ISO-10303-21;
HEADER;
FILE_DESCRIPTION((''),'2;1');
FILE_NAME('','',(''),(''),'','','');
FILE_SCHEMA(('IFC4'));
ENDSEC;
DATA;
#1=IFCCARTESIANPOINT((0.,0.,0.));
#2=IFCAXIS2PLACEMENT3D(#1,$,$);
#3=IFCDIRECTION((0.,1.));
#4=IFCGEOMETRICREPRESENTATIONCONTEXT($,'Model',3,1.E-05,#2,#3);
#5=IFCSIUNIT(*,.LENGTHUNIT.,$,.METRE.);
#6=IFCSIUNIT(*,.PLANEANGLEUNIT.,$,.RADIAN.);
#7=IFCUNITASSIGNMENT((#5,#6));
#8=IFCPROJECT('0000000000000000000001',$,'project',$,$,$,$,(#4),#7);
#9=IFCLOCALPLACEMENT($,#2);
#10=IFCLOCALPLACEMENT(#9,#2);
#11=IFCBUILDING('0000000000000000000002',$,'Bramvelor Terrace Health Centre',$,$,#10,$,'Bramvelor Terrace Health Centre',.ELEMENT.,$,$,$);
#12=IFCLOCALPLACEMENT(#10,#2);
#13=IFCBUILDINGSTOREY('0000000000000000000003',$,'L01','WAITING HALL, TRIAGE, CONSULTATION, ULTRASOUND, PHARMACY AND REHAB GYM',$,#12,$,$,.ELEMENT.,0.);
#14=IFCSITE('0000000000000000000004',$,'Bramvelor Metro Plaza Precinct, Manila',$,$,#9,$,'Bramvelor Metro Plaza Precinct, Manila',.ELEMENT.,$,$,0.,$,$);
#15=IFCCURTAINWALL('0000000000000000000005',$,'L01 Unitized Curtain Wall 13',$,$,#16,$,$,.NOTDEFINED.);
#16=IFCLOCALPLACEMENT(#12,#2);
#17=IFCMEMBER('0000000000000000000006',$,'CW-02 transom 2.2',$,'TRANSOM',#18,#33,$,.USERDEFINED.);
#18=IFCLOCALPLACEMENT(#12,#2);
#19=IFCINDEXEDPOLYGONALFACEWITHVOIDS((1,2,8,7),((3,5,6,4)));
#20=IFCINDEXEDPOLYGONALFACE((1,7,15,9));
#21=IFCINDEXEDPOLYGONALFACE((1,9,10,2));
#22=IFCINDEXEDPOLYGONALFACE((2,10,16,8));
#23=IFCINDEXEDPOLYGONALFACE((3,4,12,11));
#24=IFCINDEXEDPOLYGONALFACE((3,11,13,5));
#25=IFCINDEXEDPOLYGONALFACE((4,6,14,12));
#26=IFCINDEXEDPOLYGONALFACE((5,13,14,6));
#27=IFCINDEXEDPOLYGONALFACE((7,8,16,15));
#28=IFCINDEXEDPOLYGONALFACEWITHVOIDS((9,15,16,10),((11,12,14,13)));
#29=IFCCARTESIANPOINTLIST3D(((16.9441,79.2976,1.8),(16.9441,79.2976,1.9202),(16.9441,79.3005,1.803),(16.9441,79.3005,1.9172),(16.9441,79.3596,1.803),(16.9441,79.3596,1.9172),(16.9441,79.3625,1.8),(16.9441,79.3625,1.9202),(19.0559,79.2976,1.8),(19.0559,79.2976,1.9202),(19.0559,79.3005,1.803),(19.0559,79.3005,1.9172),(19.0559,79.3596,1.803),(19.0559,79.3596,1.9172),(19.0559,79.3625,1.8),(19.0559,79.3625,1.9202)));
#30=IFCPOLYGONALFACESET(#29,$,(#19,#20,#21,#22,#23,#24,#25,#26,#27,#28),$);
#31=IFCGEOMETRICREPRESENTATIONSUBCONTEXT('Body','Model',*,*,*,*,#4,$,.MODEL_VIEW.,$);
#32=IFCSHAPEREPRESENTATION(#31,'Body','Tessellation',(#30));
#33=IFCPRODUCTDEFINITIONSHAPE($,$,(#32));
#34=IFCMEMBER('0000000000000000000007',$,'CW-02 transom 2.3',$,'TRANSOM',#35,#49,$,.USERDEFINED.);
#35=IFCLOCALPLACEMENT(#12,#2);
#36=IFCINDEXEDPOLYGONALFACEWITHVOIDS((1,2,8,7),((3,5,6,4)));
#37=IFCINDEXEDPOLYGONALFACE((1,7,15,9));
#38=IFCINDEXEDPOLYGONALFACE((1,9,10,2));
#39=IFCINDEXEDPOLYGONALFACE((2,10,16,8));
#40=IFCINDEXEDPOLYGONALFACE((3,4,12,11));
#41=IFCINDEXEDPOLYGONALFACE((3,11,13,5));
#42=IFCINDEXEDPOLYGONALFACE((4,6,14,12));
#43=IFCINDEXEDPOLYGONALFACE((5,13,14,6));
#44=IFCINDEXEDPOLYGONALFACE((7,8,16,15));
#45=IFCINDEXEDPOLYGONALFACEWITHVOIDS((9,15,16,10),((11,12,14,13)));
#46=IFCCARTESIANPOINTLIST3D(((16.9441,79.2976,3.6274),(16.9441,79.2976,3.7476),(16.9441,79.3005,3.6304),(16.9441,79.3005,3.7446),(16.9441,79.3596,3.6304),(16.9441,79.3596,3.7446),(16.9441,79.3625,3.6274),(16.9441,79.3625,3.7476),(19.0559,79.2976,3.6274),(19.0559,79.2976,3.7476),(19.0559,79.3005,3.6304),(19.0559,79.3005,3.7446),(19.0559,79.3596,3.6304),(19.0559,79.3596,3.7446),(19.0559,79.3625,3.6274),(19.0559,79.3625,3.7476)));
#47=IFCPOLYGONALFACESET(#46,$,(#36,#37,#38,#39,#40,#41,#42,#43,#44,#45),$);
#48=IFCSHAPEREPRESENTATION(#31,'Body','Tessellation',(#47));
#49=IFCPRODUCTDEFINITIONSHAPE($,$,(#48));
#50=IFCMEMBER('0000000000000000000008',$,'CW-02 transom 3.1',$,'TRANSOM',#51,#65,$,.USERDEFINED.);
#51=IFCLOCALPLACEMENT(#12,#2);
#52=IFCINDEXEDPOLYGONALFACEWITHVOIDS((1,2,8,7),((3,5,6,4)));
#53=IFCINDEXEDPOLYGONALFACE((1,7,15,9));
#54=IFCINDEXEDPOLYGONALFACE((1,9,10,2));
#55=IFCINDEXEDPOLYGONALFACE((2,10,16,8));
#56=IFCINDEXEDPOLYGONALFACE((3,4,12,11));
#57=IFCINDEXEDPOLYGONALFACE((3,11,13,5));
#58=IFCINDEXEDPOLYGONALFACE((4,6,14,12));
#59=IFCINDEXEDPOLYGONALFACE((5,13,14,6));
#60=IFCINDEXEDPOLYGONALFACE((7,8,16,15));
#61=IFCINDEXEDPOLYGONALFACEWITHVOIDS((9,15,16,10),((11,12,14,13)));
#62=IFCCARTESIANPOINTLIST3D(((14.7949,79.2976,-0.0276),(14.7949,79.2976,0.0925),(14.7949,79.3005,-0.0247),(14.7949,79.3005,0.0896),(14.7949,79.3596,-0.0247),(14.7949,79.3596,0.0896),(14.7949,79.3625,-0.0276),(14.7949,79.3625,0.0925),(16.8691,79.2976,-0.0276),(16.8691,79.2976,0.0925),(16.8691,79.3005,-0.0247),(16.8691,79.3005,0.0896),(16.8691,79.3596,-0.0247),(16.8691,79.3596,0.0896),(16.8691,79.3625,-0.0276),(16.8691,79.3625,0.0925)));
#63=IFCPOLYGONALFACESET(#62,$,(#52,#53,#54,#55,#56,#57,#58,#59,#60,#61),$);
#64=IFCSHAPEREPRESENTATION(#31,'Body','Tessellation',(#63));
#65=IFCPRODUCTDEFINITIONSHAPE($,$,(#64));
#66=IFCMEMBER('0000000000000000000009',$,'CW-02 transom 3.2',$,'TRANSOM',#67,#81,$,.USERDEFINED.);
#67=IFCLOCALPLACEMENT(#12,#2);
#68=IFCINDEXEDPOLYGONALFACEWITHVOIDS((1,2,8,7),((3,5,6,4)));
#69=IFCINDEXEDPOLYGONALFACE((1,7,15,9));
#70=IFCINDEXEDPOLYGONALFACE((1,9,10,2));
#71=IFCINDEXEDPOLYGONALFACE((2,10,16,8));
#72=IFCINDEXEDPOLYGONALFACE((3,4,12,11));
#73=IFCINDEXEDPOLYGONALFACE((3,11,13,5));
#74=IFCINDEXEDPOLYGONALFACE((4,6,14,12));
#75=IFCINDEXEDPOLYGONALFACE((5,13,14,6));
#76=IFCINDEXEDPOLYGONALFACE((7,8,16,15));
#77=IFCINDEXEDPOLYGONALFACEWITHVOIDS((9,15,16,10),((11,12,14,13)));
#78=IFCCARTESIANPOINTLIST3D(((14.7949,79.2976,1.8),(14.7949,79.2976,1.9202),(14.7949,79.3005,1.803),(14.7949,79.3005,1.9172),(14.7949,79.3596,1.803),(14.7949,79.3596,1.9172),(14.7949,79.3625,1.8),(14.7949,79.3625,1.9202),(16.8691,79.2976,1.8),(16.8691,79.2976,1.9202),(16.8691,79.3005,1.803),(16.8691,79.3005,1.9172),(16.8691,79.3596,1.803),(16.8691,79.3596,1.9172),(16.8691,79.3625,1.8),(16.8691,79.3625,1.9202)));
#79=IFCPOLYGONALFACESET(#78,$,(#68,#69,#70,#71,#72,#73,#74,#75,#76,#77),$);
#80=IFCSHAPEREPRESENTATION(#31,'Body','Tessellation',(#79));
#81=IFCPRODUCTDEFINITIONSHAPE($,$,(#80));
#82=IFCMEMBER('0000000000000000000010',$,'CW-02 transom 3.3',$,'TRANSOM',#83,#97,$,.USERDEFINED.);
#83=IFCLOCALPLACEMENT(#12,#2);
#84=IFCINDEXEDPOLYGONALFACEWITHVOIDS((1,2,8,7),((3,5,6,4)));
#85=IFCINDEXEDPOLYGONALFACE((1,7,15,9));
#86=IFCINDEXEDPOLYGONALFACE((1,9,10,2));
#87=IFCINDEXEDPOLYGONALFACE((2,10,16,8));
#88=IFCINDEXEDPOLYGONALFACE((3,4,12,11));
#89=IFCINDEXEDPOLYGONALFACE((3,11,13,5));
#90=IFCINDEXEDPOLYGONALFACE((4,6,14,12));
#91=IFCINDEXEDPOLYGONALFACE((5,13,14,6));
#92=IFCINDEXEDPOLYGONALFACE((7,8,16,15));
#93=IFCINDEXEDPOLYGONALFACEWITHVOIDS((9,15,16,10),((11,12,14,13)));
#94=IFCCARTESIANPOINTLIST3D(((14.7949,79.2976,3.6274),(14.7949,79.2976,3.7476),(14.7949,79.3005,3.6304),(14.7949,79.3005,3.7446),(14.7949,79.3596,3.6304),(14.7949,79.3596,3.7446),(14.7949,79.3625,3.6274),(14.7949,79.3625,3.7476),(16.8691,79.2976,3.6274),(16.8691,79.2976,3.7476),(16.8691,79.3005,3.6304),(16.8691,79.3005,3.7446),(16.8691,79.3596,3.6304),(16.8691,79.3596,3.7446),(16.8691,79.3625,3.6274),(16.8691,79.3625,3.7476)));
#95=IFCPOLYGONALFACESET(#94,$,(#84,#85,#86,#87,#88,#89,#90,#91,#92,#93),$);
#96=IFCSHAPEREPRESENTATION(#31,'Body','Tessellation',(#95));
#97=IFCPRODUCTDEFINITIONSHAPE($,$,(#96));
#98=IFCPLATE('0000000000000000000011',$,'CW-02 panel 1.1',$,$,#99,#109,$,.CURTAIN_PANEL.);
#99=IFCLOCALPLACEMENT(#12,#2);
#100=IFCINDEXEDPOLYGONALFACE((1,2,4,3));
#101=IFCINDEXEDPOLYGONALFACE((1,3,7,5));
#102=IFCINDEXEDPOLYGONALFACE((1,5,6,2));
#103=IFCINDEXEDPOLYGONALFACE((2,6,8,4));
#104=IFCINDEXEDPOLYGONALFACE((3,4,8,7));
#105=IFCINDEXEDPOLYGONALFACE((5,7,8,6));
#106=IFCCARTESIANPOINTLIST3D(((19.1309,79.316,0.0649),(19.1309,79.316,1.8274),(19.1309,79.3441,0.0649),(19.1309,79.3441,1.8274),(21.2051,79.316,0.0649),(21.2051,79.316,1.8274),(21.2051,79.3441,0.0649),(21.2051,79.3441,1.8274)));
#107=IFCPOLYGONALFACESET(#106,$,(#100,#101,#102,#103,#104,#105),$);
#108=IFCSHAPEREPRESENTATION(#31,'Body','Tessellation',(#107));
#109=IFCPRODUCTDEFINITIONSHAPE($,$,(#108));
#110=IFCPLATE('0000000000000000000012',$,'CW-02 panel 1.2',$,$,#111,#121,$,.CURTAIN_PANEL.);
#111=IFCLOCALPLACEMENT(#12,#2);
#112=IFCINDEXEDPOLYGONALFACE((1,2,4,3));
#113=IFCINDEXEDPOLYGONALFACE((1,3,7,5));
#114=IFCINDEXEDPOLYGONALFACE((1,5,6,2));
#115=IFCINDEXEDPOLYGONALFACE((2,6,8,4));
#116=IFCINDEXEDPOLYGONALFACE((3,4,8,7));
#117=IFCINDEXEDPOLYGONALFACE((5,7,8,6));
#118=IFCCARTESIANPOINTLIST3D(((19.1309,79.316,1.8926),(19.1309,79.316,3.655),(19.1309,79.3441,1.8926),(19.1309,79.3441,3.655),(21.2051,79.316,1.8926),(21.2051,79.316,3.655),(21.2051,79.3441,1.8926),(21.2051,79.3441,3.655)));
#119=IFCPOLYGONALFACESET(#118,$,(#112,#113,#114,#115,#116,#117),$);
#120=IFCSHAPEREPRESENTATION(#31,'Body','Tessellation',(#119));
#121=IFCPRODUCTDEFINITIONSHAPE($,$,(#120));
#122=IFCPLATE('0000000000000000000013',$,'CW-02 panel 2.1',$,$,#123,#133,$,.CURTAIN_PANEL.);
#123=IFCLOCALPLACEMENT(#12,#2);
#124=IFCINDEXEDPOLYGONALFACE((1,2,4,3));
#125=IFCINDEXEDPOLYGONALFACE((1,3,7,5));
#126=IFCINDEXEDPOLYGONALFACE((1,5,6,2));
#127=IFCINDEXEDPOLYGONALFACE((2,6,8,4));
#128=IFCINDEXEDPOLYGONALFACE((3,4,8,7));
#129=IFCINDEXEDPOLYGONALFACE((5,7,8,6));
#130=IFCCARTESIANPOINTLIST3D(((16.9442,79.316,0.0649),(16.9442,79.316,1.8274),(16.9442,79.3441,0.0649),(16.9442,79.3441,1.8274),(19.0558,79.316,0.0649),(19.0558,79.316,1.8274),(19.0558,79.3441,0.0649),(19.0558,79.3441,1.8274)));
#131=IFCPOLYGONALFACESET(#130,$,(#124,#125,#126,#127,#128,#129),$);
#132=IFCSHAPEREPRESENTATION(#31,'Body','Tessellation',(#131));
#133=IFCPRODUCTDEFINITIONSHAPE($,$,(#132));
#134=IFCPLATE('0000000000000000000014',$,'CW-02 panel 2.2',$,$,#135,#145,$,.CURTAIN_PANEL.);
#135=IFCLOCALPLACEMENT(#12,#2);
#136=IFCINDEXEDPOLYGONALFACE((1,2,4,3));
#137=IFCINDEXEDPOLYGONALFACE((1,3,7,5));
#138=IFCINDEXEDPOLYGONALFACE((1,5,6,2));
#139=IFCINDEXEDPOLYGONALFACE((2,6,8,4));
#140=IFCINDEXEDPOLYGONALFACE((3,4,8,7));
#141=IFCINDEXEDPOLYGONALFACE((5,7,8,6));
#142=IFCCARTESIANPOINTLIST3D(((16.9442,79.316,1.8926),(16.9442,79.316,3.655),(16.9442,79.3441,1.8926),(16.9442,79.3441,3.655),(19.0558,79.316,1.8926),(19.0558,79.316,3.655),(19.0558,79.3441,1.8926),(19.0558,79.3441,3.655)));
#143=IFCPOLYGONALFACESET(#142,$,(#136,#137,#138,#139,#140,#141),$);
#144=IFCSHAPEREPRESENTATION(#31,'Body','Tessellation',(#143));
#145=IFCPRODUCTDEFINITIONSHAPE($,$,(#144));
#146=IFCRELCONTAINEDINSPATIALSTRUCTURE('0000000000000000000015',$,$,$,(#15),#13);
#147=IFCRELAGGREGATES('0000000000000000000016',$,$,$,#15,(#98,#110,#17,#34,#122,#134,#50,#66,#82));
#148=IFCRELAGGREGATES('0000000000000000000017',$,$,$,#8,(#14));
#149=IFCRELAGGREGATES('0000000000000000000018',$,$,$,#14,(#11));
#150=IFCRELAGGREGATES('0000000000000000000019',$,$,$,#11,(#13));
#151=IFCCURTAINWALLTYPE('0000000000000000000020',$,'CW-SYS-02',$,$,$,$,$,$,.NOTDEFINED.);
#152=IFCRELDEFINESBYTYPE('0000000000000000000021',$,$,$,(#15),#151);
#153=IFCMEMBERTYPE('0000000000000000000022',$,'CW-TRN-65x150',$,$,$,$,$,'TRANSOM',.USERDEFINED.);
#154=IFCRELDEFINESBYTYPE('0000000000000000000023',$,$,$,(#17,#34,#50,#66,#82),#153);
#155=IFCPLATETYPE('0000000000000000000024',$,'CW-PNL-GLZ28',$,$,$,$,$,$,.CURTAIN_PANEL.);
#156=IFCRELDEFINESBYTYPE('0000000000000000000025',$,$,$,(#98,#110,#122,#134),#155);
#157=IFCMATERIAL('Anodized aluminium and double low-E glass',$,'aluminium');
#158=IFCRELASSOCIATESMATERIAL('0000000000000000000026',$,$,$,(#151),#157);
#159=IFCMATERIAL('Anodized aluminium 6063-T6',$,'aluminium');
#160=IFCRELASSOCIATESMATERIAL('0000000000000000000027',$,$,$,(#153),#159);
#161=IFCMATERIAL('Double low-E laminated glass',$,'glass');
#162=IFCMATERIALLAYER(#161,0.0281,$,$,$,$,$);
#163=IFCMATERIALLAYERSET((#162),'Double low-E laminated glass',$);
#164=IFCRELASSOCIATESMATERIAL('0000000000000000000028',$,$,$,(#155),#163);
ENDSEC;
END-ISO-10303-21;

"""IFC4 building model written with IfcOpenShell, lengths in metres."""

from ifc_helpers import new_model, si_unit, direction, frame, origin, origin_2d, place, context, subcontext, project, spatial, rectangle, hollow_rectangle, extrude, material, layer, layer_set, material_profile, profile_set, type_object, element, aggregate, save


model = new_model("IFC4")

# Units and contexts
model_context = context("Model", 3, precision=1e-05, world=origin(), true_north=direction((0.0, 1.0)))
body_context = subcontext(model_context, "Body", "Model", "MODEL_VIEW")
ifc_project = project(units=[si_unit("LENGTHUNIT", "METRE"), si_unit("PLANEANGLEUNIT", "RADIAN")], contexts=[model_context])

# Site, building, storey
site_placement = place(None, origin())
site = spatial("IfcSite", under=ifc_project, at=site_placement, Name="Bramvelor Metro Plaza Precinct, Manila", LongName="Bramvelor Metro Plaza Precinct, Manila", CompositionType="ELEMENT", RefElevation=0.0)
building_placement = place(site_placement, origin())
building = spatial("IfcBuilding", under=site, at=building_placement, Name="Bramvelor Terrace Health Centre", LongName="Bramvelor Terrace Health Centre", CompositionType="ELEMENT")
storey_placement = place(building_placement, origin())
storey = spatial("IfcBuildingStorey", under=building, at=storey_placement, Name="L01", Description="WAITING HALL, TRIAGE, CONSULTATION, ULTRASOUND, PHARMACY AND REHAB GYM", CompositionType="ELEMENT", Elevation=0.0)

# Curtain wall, members, plates
ifc_material_1 = material(Name="Anodized aluminium and double low-E glass", Category="aluminium")
curtain_wall_type = type_object("IfcCurtainWallType", Name="CW-SYS-02", PredefinedType="NOTDEFINED", material=ifc_material_1)
curtain_wall_placement = place(storey_placement, origin())
curtain_wall = element("IfcCurtainWall", 1, at=curtain_wall_placement, inside=storey, type_object=curtain_wall_type, Name="L01 Unitized Curtain Wall 13", PredefinedType="NOTDEFINED")
ifc_material_2 = material(Name="Anodized aluminium 6063-T6", Category="aluminium")
ifc_material_profile_1 = material_profile(ifc_material_2, hollow_rectangle(XDim=0.0649, YDim=0.1201, WallThickness=0.0029, at=origin_2d()), Name="ALU-TRN 65x120x3.0")
ifc_profile_set_1 = profile_set([ifc_material_profile_1], Name="Anodized aluminium 6063-T6")
member_type_1 = type_object("IfcMemberType", Name="CW-TRN-65x150", ElementType="TRANSOM", PredefinedType="USERDEFINED", material=ifc_profile_set_1)
member_1_placement = place(storey_placement, frame((19.0559, 79.3301, 1.8601), z_axis=(-1.0, 0.0, 0.0), x_axis=(0.0, -1.0, 0.0)))
member_1 = element("IfcMember", 2, at=member_1_placement, type_object=member_type_1, Name="CW-02 transom 2.2", ObjectType="TRANSOM", PredefinedType="USERDEFINED", context=body_context, shape_type="SweptSolid", body=[
    extrude(hollow_rectangle(XDim=0.0649, YDim=0.1201, WallThickness=0.0029, at=origin_2d()), origin(), (0.0, 0.0, 1.0), 2.1118),
])
member_2_placement = place(storey_placement, frame((19.0559, 79.3301, 3.6875), z_axis=(-1.0, 0.0, 0.0), x_axis=(0.0, -1.0, 0.0)))
member_2 = element("IfcMember", 3, at=member_2_placement, type_object=member_type_1, Name="CW-02 transom 2.3", ObjectType="TRANSOM", PredefinedType="USERDEFINED", context=body_context, shape_type="SweptSolid", body=[
    extrude(hollow_rectangle(XDim=0.0649, YDim=0.1201, WallThickness=0.0029, at=origin_2d()), origin(), (0.0, 0.0, 1.0), 2.1118),
])
member_3_placement = place(storey_placement, frame((16.8691, 79.3301, 0.0325), z_axis=(-1.0, 0.0, 0.0), x_axis=(0.0, -1.0, 0.0)))
member_3 = element("IfcMember", 4, at=member_3_placement, type_object=member_type_1, Name="CW-02 transom 3.1", ObjectType="TRANSOM", PredefinedType="USERDEFINED", context=body_context, shape_type="SweptSolid", body=[
    extrude(hollow_rectangle(XDim=0.0649, YDim=0.1201, WallThickness=0.0029, at=origin_2d()), origin(), (0.0, 0.0, 1.0), 2.0742),
])
member_4_placement = place(storey_placement, frame((16.8691, 79.3301, 1.8601), z_axis=(-1.0, 0.0, 0.0), x_axis=(0.0, -1.0, 0.0)))
member_4 = element("IfcMember", 5, at=member_4_placement, type_object=member_type_1, Name="CW-02 transom 3.2", ObjectType="TRANSOM", PredefinedType="USERDEFINED", context=body_context, shape_type="SweptSolid", body=[
    extrude(hollow_rectangle(XDim=0.0649, YDim=0.1201, WallThickness=0.0029, at=origin_2d()), origin(), (0.0, 0.0, 1.0), 2.0742),
])
member_5_placement = place(storey_placement, frame((16.8691, 79.3301, 3.6875), z_axis=(-1.0, 0.0, 0.0), x_axis=(0.0, -1.0, 0.0)))
member_5 = element("IfcMember", 6, at=member_5_placement, type_object=member_type_1, Name="CW-02 transom 3.3", ObjectType="TRANSOM", PredefinedType="USERDEFINED", context=body_context, shape_type="SweptSolid", body=[
    extrude(hollow_rectangle(XDim=0.0649, YDim=0.1201, WallThickness=0.0029, at=origin_2d()), origin(), (0.0, 0.0, 1.0), 2.0742),
])
ifc_material_3 = material(Name="Double low-E laminated glass", Category="glass")
ifc_layer = layer(ifc_material_3, 0.0281)
ifc_layer_set = layer_set([ifc_layer], Name="Double low-E laminated glass")
plate_type = type_object("IfcPlateType", Name="CW-PNL-GLZ28", PredefinedType="CURTAIN_PANEL", material=ifc_layer_set)
plate_1_placement = place(storey_placement, frame((20.168, 79.3301, 0.0649), z_axis=(0.0, 0.0, 1.0), x_axis=(-1.0, 0.0, 0.0)))
plate_1 = element("IfcPlate", 7, at=plate_1_placement, type_object=plate_type, Name="CW-02 panel 1.1", PredefinedType="CURTAIN_PANEL", context=body_context, shape_type="SweptSolid", body=[
    extrude(rectangle(XDim=2.0742, YDim=0.0281, at=origin_2d()), origin(), (0.0, 0.0, 1.0), 1.7625),
])
plate_2_placement = place(storey_placement, frame((20.168, 79.3301, 1.8926), z_axis=(0.0, 0.0, 1.0), x_axis=(-1.0, 0.0, 0.0)))
plate_2 = element("IfcPlate", 8, at=plate_2_placement, type_object=plate_type, Name="CW-02 panel 1.2", PredefinedType="CURTAIN_PANEL", context=body_context, shape_type="SweptSolid", body=[
    extrude(rectangle(XDim=2.0742, YDim=0.0281, at=origin_2d()), origin(), (0.0, 0.0, 1.0), 1.7625),
])
plate_3_placement = place(storey_placement, frame((18.0, 79.3301, 0.0649), z_axis=(0.0, 0.0, 1.0), x_axis=(-1.0, 0.0, 0.0)))
plate_3 = element("IfcPlate", 9, at=plate_3_placement, type_object=plate_type, Name="CW-02 panel 2.1", PredefinedType="CURTAIN_PANEL", context=body_context, shape_type="SweptSolid", body=[
    extrude(rectangle(XDim=2.1116, YDim=0.0281, at=origin_2d()), origin(), (0.0, 0.0, 1.0), 1.7625),
])
plate_4_placement = place(storey_placement, frame((18.0, 79.3301, 1.8926), z_axis=(0.0, 0.0, 1.0), x_axis=(-1.0, 0.0, 0.0)))
plate_4 = element("IfcPlate", 10, at=plate_4_placement, type_object=plate_type, Name="CW-02 panel 2.2", PredefinedType="CURTAIN_PANEL", context=body_context, shape_type="SweptSolid", body=[
    extrude(rectangle(XDim=2.1116, YDim=0.0281, at=origin_2d()), origin(), (0.0, 0.0, 1.0), 1.7625),
])
aggregate(curtain_wall, [plate_1, plate_2, member_1, member_2, plate_3, plate_4, member_3, member_4, member_5])

save(model, "model.ifc")
